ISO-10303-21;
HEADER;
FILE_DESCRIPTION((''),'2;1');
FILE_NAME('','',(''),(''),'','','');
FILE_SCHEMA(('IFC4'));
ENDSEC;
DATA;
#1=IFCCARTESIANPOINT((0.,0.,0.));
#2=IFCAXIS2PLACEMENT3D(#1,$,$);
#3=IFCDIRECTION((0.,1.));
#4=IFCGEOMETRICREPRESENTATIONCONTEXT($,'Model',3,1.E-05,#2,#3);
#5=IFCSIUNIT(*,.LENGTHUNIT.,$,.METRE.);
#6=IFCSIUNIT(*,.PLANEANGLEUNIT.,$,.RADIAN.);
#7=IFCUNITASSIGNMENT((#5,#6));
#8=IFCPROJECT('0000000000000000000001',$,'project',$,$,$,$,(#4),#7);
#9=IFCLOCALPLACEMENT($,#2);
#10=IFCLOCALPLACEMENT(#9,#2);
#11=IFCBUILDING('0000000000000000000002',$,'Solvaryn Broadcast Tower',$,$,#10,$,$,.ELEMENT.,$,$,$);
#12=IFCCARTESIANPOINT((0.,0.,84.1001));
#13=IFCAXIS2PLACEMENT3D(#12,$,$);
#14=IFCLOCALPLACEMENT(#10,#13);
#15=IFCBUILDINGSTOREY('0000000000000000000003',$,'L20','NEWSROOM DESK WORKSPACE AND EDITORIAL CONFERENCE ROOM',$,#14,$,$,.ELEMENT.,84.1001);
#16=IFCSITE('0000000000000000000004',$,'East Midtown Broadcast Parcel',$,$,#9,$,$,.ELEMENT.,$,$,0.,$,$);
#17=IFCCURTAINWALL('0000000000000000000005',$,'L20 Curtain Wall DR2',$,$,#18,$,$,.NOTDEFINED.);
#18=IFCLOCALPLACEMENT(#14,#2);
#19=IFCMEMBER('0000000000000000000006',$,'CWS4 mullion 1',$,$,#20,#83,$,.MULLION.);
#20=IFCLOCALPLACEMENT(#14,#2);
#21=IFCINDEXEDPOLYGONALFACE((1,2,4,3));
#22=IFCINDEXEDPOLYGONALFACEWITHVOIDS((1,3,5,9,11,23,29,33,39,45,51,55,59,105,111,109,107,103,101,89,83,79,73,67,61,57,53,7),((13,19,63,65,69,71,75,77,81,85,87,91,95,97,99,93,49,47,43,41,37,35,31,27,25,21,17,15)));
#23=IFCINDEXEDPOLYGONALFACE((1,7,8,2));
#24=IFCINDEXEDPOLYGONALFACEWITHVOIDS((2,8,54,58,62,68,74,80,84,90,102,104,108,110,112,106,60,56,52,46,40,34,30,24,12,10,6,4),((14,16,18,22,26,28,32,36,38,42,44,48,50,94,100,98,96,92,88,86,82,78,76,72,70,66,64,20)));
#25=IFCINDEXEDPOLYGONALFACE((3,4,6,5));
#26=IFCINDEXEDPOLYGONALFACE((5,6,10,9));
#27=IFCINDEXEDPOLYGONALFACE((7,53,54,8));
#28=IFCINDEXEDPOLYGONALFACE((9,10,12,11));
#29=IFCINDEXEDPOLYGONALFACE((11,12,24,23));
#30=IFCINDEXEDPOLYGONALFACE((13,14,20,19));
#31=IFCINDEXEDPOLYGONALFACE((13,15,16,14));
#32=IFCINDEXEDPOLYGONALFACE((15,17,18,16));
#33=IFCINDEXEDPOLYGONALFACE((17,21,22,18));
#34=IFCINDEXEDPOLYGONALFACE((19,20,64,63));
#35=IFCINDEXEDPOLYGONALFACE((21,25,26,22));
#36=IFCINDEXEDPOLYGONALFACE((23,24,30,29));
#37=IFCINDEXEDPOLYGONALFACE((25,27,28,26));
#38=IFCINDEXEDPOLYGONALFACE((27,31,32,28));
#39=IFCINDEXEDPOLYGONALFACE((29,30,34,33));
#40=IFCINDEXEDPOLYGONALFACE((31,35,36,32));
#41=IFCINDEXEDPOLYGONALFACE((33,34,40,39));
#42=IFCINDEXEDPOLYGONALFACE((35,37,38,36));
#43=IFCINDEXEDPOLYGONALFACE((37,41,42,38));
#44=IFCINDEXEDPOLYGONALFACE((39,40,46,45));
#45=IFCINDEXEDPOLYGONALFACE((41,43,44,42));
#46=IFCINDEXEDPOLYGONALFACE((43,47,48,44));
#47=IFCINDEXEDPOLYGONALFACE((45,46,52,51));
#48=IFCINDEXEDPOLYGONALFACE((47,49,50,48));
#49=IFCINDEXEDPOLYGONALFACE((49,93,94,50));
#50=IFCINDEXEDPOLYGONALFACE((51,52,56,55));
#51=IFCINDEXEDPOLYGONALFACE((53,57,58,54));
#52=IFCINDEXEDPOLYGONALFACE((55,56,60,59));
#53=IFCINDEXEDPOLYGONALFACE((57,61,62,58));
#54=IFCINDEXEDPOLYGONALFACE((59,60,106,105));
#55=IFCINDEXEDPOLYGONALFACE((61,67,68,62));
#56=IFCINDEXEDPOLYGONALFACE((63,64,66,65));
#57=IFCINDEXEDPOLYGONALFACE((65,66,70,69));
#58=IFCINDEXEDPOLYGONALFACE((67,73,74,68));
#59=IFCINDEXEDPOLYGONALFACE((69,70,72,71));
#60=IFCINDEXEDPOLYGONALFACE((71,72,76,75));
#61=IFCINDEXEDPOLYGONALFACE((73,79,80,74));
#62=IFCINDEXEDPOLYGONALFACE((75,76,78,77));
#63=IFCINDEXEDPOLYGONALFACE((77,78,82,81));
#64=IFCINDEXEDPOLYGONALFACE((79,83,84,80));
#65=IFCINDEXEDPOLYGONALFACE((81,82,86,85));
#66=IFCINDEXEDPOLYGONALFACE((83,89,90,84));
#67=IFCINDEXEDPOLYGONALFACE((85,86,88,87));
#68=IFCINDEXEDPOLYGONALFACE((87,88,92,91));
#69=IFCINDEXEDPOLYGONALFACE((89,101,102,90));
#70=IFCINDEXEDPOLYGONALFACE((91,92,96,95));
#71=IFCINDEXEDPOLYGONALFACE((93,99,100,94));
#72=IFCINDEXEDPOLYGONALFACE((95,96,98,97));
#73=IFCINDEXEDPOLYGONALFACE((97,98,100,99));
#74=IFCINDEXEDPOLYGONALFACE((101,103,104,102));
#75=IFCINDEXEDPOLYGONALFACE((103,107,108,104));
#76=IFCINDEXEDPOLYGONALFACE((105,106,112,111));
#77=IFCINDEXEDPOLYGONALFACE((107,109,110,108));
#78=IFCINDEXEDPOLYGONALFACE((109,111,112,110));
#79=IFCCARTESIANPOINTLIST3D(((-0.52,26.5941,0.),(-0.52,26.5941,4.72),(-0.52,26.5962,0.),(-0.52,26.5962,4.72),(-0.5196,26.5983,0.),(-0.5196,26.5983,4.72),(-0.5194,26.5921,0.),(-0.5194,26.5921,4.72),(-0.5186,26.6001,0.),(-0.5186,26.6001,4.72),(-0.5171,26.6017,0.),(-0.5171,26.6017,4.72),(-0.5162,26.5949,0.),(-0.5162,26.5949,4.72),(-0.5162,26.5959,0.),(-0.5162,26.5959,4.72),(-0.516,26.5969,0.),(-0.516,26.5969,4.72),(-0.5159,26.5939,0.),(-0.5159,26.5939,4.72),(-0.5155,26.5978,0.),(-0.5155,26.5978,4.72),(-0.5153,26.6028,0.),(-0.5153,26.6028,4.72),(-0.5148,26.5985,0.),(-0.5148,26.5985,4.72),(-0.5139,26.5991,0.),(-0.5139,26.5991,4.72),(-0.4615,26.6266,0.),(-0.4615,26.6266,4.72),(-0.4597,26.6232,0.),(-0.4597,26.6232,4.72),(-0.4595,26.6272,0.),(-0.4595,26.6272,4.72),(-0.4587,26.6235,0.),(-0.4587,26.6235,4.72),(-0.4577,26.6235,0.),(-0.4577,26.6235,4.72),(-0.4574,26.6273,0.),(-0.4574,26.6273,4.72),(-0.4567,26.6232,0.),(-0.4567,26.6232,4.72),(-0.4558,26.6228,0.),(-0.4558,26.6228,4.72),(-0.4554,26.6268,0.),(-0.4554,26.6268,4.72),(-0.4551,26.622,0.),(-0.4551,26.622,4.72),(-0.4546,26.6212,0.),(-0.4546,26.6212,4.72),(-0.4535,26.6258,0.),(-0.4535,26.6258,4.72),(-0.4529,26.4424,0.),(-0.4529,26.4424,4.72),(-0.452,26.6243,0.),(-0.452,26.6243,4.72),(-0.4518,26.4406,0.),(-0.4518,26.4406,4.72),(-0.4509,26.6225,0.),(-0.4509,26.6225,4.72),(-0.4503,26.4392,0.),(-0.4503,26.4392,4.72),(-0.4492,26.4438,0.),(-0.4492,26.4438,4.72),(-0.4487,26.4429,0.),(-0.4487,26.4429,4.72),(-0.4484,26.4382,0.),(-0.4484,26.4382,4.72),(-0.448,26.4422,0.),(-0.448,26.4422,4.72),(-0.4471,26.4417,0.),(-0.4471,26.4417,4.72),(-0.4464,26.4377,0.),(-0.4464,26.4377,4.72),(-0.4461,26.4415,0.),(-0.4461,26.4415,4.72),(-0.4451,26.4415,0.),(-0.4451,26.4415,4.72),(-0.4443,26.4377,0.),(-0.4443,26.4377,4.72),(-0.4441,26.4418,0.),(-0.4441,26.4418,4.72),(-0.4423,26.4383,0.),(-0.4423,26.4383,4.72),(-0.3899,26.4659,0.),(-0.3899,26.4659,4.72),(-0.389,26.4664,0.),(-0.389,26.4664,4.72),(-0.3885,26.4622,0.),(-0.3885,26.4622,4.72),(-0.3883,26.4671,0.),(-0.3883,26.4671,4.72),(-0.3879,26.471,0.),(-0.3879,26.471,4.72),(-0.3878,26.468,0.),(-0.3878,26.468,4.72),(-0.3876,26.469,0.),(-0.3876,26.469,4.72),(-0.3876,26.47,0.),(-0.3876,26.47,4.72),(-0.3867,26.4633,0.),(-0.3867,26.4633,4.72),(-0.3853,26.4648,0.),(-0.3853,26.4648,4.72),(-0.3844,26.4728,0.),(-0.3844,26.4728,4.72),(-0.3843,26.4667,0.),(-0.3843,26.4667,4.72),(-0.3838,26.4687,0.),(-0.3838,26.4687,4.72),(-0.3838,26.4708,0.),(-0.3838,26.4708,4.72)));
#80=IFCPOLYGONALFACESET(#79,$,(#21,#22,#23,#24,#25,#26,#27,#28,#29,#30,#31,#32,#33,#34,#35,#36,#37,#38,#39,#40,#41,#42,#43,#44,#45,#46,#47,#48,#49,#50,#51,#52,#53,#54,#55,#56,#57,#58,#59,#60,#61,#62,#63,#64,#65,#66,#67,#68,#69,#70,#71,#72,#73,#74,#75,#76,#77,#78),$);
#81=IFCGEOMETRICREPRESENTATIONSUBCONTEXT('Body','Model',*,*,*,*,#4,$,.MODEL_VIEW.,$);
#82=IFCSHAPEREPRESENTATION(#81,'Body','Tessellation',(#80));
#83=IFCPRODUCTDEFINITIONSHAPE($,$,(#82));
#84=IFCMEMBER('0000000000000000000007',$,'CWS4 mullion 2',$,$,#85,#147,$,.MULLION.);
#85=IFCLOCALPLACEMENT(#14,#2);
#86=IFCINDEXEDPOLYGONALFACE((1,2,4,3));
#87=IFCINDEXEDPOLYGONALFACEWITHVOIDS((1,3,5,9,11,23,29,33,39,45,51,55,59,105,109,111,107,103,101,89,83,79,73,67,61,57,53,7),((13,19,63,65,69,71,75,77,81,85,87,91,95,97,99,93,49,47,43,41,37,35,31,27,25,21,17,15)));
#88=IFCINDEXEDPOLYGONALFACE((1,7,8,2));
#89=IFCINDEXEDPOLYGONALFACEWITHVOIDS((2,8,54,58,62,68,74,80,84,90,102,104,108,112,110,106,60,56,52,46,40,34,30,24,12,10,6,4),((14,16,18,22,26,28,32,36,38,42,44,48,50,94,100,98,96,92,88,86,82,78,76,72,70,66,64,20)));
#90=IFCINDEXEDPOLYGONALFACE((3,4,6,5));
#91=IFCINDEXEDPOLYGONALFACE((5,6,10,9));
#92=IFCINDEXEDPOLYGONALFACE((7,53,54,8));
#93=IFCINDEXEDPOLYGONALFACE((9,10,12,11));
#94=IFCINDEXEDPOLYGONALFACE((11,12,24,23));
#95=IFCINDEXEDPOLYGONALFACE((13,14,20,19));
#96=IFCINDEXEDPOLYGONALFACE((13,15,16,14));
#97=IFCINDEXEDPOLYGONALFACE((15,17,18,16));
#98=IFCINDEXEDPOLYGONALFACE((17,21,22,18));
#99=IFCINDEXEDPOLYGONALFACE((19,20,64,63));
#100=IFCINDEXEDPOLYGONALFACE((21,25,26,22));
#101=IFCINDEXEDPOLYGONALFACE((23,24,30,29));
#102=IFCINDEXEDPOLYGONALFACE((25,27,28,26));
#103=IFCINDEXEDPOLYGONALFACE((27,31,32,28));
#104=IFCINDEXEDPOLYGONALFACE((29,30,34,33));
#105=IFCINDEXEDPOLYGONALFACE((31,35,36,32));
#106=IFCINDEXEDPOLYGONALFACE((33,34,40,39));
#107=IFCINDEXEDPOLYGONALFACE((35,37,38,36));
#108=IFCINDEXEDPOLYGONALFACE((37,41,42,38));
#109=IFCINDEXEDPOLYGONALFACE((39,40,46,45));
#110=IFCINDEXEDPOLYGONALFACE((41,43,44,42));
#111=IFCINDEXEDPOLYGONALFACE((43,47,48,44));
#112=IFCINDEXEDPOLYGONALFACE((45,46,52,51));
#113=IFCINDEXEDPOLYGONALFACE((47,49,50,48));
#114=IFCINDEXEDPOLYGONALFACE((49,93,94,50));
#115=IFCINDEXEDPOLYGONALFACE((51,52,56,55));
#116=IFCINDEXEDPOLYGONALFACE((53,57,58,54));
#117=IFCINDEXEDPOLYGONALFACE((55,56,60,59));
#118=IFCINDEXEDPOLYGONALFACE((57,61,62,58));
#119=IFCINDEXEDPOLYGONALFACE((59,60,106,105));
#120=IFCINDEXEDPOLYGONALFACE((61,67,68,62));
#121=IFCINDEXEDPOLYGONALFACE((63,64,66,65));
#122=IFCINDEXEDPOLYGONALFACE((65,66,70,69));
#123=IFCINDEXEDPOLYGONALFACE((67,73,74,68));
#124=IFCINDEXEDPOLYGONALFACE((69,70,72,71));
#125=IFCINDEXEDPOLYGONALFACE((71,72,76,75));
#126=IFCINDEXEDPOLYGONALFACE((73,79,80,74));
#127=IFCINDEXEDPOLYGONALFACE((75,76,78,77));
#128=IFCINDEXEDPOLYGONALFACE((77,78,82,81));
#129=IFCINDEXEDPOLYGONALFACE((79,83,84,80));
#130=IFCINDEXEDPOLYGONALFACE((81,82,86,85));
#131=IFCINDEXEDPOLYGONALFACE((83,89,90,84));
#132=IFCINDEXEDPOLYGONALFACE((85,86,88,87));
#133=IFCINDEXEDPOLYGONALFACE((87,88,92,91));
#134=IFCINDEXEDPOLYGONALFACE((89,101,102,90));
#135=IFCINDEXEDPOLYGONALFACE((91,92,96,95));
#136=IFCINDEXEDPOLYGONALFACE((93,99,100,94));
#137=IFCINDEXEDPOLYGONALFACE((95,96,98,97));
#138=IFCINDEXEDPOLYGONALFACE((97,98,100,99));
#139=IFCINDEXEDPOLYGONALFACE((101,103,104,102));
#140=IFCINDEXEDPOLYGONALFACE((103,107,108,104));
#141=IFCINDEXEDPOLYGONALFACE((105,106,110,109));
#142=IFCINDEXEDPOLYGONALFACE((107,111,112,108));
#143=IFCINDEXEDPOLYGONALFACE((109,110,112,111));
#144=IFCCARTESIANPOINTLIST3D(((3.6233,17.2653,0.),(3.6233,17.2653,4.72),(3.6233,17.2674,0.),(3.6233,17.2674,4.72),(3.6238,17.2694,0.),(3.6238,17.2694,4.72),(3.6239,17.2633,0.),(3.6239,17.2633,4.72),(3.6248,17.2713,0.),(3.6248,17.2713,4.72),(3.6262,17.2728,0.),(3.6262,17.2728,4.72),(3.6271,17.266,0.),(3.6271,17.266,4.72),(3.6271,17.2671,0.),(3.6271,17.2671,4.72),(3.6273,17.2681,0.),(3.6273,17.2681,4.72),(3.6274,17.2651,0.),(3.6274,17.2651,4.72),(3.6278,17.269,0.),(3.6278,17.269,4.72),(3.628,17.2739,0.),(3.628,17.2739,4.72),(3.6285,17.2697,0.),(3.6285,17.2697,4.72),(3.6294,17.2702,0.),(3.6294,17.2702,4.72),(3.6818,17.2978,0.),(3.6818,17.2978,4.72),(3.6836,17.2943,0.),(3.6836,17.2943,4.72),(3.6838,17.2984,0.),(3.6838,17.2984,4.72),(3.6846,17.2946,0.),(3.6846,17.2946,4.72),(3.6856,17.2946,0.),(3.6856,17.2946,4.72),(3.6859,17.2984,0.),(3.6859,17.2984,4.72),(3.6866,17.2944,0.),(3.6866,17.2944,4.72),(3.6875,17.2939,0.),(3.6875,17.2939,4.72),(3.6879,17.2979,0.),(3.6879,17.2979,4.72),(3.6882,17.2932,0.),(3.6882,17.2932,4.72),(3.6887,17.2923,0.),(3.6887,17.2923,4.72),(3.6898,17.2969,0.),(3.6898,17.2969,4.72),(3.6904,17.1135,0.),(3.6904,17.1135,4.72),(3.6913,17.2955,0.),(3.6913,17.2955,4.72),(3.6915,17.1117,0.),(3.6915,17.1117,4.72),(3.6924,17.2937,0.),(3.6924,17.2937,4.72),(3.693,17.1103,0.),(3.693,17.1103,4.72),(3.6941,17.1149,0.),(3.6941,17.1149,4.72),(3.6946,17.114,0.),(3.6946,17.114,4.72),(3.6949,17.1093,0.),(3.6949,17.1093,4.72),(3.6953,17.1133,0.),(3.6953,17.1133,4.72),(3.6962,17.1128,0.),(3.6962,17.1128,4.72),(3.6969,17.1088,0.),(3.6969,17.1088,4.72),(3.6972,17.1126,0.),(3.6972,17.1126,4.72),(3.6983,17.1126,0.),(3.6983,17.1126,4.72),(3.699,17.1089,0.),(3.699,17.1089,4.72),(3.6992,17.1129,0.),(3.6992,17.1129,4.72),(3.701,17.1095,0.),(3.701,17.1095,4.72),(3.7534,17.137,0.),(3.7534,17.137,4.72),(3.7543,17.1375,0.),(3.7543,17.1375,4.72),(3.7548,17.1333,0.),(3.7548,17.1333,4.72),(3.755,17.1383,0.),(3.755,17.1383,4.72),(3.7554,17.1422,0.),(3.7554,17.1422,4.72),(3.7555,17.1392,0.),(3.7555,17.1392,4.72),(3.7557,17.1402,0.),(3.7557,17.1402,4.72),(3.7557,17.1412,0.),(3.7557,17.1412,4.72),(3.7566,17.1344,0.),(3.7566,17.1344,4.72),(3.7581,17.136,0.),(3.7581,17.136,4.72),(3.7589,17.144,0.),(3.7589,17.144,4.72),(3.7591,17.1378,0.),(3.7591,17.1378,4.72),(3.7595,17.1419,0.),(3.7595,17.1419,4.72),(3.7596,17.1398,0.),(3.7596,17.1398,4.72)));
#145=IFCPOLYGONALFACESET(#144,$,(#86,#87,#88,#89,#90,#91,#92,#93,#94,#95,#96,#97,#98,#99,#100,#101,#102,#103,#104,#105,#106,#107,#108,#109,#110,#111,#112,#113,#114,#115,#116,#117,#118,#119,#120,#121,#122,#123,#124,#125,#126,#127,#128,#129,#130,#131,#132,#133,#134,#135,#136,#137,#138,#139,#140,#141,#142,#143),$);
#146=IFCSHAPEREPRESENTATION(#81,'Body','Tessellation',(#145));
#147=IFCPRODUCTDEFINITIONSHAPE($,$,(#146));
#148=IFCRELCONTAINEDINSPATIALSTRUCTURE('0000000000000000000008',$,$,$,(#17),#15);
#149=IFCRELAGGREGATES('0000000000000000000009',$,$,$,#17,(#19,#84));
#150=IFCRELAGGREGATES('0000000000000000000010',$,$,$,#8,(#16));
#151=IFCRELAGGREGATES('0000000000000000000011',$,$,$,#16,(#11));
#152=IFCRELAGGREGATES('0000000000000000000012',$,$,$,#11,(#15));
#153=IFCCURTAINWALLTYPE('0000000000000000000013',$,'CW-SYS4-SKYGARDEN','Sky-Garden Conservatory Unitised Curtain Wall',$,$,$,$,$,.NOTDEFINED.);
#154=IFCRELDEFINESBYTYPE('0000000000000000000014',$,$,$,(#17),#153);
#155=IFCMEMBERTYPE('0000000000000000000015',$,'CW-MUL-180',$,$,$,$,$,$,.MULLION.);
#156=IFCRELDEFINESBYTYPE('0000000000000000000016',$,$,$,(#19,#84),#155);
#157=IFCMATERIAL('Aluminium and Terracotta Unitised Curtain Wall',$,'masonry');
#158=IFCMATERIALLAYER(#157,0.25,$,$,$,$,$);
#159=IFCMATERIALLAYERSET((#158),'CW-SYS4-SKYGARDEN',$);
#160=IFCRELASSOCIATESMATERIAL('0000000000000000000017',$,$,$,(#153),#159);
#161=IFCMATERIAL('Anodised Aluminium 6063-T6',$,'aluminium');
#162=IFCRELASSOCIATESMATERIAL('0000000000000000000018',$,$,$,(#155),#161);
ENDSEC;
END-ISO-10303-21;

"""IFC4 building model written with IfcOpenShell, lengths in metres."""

from ifc_helpers import new_model, si_unit, direction, frame, origin, origin_2d, place, context, subcontext, project, spatial, hollow_rectangle, extrude, material, layer, layer_set, material_profile, profile_set, type_object, element, aggregate, save


model = new_model("IFC4")

# Units and contexts
model_context = context("Model", 3, precision=1e-05, world=origin(), true_north=direction((0.0, 1.0)))
body_context = subcontext(model_context, "Body", "Model", "MODEL_VIEW")
ifc_project = project(units=[si_unit("LENGTHUNIT", "METRE"), si_unit("PLANEANGLEUNIT", "RADIAN")], contexts=[model_context])

# Site, building, storey
site_placement = place(None, origin())
site = spatial("IfcSite", under=ifc_project, at=site_placement, Name="East Midtown Broadcast Parcel", CompositionType="ELEMENT", RefElevation=0.0)
building_placement = place(site_placement, origin())
building = spatial("IfcBuilding", under=site, at=building_placement, Name="Solvaryn Broadcast Tower", CompositionType="ELEMENT")
storey_placement = place(building_placement, frame((0.0, 0.0, 84.1001)))
storey = spatial("IfcBuildingStorey", under=building, at=storey_placement, Name="L20", Description="NEWSROOM DESK WORKSPACE AND EDITORIAL CONFERENCE ROOM", CompositionType="ELEMENT", Elevation=84.1001)

# Shared definitions
ifc_material_1 = material(Name="Aluminium and Terracotta Unitised Curtain Wall", Category="masonry")
ifc_layer_1 = layer(ifc_material_1, 0.25)
ifc_layer_set_1 = layer_set([ifc_layer_1], Name="CW-SYS4-SKYGARDEN")
curtain_wall_type = type_object("IfcCurtainWallType", Name="CW-SYS4-SKYGARDEN", Description="Sky-Garden Conservatory Unitised Curtain Wall", PredefinedType="NOTDEFINED", material=ifc_layer_set_1)
ifc_material_2 = material(Name="Anodised Aluminium 6063-T6", Category="aluminium")
ifc_material_profile_1 = material_profile(ifc_material_2, hollow_rectangle(XDim=0.075, YDim=0.1799, WallThickness=0.0039, InnerFilletRadius=0.0039, OuterFilletRadius=0.0081, at=origin_2d()))
ifc_profile_set_1 = profile_set([ifc_material_profile_1], Name="Anodised Aluminium 6063-T6")
member_type_1 = type_object("IfcMemberType", Name="CW-MUL-180", PredefinedType="MULLION", material=ifc_profile_set_1)

# Curtain wall, members
curtain_wall_1_placement = place(storey_placement, origin())
curtain_wall_1 = element("IfcCurtainWall", 1, at=curtain_wall_1_placement, inside=storey, type_object=curtain_wall_type, Name="L20 Curtain Wall DR2", PredefinedType="NOTDEFINED")
member_1_placement = place(storey_placement, frame((-0.4519, 26.5325, 0.0), z_axis=(0.0, 0.0, 1.0), x_axis=(0.913918, 0.405898, 0.0)))
member_1 = element("IfcMember", 2, at=member_1_placement, type_object=member_type_1, Name="CWS4 mullion 1", PredefinedType="MULLION", context=body_context, shape_type="SweptSolid", body=[
    extrude(hollow_rectangle(XDim=0.075, YDim=0.1799, WallThickness=0.0039, InnerFilletRadius=0.0039, OuterFilletRadius=0.0081, at=origin_2d()), origin(), (0.0, 0.0, 1.0), 4.72),
])
member_2_placement = place(storey_placement, frame((3.6914, 17.2036, 0.0), z_axis=(0.0, 0.0, 1.0), x_axis=(0.913918, 0.405898, 0.0)))
member_2 = element("IfcMember", 3, at=member_2_placement, type_object=member_type_1, Name="CWS4 mullion 2", PredefinedType="MULLION", context=body_context, shape_type="SweptSolid", body=[
    extrude(hollow_rectangle(XDim=0.075, YDim=0.1799, WallThickness=0.0039, InnerFilletRadius=0.0039, OuterFilletRadius=0.0081, at=origin_2d()), origin(), (0.0, 0.0, 1.0), 4.72),
])
aggregate(curtain_wall_1, [member_1, member_2])

save(model, "model.ifc")
